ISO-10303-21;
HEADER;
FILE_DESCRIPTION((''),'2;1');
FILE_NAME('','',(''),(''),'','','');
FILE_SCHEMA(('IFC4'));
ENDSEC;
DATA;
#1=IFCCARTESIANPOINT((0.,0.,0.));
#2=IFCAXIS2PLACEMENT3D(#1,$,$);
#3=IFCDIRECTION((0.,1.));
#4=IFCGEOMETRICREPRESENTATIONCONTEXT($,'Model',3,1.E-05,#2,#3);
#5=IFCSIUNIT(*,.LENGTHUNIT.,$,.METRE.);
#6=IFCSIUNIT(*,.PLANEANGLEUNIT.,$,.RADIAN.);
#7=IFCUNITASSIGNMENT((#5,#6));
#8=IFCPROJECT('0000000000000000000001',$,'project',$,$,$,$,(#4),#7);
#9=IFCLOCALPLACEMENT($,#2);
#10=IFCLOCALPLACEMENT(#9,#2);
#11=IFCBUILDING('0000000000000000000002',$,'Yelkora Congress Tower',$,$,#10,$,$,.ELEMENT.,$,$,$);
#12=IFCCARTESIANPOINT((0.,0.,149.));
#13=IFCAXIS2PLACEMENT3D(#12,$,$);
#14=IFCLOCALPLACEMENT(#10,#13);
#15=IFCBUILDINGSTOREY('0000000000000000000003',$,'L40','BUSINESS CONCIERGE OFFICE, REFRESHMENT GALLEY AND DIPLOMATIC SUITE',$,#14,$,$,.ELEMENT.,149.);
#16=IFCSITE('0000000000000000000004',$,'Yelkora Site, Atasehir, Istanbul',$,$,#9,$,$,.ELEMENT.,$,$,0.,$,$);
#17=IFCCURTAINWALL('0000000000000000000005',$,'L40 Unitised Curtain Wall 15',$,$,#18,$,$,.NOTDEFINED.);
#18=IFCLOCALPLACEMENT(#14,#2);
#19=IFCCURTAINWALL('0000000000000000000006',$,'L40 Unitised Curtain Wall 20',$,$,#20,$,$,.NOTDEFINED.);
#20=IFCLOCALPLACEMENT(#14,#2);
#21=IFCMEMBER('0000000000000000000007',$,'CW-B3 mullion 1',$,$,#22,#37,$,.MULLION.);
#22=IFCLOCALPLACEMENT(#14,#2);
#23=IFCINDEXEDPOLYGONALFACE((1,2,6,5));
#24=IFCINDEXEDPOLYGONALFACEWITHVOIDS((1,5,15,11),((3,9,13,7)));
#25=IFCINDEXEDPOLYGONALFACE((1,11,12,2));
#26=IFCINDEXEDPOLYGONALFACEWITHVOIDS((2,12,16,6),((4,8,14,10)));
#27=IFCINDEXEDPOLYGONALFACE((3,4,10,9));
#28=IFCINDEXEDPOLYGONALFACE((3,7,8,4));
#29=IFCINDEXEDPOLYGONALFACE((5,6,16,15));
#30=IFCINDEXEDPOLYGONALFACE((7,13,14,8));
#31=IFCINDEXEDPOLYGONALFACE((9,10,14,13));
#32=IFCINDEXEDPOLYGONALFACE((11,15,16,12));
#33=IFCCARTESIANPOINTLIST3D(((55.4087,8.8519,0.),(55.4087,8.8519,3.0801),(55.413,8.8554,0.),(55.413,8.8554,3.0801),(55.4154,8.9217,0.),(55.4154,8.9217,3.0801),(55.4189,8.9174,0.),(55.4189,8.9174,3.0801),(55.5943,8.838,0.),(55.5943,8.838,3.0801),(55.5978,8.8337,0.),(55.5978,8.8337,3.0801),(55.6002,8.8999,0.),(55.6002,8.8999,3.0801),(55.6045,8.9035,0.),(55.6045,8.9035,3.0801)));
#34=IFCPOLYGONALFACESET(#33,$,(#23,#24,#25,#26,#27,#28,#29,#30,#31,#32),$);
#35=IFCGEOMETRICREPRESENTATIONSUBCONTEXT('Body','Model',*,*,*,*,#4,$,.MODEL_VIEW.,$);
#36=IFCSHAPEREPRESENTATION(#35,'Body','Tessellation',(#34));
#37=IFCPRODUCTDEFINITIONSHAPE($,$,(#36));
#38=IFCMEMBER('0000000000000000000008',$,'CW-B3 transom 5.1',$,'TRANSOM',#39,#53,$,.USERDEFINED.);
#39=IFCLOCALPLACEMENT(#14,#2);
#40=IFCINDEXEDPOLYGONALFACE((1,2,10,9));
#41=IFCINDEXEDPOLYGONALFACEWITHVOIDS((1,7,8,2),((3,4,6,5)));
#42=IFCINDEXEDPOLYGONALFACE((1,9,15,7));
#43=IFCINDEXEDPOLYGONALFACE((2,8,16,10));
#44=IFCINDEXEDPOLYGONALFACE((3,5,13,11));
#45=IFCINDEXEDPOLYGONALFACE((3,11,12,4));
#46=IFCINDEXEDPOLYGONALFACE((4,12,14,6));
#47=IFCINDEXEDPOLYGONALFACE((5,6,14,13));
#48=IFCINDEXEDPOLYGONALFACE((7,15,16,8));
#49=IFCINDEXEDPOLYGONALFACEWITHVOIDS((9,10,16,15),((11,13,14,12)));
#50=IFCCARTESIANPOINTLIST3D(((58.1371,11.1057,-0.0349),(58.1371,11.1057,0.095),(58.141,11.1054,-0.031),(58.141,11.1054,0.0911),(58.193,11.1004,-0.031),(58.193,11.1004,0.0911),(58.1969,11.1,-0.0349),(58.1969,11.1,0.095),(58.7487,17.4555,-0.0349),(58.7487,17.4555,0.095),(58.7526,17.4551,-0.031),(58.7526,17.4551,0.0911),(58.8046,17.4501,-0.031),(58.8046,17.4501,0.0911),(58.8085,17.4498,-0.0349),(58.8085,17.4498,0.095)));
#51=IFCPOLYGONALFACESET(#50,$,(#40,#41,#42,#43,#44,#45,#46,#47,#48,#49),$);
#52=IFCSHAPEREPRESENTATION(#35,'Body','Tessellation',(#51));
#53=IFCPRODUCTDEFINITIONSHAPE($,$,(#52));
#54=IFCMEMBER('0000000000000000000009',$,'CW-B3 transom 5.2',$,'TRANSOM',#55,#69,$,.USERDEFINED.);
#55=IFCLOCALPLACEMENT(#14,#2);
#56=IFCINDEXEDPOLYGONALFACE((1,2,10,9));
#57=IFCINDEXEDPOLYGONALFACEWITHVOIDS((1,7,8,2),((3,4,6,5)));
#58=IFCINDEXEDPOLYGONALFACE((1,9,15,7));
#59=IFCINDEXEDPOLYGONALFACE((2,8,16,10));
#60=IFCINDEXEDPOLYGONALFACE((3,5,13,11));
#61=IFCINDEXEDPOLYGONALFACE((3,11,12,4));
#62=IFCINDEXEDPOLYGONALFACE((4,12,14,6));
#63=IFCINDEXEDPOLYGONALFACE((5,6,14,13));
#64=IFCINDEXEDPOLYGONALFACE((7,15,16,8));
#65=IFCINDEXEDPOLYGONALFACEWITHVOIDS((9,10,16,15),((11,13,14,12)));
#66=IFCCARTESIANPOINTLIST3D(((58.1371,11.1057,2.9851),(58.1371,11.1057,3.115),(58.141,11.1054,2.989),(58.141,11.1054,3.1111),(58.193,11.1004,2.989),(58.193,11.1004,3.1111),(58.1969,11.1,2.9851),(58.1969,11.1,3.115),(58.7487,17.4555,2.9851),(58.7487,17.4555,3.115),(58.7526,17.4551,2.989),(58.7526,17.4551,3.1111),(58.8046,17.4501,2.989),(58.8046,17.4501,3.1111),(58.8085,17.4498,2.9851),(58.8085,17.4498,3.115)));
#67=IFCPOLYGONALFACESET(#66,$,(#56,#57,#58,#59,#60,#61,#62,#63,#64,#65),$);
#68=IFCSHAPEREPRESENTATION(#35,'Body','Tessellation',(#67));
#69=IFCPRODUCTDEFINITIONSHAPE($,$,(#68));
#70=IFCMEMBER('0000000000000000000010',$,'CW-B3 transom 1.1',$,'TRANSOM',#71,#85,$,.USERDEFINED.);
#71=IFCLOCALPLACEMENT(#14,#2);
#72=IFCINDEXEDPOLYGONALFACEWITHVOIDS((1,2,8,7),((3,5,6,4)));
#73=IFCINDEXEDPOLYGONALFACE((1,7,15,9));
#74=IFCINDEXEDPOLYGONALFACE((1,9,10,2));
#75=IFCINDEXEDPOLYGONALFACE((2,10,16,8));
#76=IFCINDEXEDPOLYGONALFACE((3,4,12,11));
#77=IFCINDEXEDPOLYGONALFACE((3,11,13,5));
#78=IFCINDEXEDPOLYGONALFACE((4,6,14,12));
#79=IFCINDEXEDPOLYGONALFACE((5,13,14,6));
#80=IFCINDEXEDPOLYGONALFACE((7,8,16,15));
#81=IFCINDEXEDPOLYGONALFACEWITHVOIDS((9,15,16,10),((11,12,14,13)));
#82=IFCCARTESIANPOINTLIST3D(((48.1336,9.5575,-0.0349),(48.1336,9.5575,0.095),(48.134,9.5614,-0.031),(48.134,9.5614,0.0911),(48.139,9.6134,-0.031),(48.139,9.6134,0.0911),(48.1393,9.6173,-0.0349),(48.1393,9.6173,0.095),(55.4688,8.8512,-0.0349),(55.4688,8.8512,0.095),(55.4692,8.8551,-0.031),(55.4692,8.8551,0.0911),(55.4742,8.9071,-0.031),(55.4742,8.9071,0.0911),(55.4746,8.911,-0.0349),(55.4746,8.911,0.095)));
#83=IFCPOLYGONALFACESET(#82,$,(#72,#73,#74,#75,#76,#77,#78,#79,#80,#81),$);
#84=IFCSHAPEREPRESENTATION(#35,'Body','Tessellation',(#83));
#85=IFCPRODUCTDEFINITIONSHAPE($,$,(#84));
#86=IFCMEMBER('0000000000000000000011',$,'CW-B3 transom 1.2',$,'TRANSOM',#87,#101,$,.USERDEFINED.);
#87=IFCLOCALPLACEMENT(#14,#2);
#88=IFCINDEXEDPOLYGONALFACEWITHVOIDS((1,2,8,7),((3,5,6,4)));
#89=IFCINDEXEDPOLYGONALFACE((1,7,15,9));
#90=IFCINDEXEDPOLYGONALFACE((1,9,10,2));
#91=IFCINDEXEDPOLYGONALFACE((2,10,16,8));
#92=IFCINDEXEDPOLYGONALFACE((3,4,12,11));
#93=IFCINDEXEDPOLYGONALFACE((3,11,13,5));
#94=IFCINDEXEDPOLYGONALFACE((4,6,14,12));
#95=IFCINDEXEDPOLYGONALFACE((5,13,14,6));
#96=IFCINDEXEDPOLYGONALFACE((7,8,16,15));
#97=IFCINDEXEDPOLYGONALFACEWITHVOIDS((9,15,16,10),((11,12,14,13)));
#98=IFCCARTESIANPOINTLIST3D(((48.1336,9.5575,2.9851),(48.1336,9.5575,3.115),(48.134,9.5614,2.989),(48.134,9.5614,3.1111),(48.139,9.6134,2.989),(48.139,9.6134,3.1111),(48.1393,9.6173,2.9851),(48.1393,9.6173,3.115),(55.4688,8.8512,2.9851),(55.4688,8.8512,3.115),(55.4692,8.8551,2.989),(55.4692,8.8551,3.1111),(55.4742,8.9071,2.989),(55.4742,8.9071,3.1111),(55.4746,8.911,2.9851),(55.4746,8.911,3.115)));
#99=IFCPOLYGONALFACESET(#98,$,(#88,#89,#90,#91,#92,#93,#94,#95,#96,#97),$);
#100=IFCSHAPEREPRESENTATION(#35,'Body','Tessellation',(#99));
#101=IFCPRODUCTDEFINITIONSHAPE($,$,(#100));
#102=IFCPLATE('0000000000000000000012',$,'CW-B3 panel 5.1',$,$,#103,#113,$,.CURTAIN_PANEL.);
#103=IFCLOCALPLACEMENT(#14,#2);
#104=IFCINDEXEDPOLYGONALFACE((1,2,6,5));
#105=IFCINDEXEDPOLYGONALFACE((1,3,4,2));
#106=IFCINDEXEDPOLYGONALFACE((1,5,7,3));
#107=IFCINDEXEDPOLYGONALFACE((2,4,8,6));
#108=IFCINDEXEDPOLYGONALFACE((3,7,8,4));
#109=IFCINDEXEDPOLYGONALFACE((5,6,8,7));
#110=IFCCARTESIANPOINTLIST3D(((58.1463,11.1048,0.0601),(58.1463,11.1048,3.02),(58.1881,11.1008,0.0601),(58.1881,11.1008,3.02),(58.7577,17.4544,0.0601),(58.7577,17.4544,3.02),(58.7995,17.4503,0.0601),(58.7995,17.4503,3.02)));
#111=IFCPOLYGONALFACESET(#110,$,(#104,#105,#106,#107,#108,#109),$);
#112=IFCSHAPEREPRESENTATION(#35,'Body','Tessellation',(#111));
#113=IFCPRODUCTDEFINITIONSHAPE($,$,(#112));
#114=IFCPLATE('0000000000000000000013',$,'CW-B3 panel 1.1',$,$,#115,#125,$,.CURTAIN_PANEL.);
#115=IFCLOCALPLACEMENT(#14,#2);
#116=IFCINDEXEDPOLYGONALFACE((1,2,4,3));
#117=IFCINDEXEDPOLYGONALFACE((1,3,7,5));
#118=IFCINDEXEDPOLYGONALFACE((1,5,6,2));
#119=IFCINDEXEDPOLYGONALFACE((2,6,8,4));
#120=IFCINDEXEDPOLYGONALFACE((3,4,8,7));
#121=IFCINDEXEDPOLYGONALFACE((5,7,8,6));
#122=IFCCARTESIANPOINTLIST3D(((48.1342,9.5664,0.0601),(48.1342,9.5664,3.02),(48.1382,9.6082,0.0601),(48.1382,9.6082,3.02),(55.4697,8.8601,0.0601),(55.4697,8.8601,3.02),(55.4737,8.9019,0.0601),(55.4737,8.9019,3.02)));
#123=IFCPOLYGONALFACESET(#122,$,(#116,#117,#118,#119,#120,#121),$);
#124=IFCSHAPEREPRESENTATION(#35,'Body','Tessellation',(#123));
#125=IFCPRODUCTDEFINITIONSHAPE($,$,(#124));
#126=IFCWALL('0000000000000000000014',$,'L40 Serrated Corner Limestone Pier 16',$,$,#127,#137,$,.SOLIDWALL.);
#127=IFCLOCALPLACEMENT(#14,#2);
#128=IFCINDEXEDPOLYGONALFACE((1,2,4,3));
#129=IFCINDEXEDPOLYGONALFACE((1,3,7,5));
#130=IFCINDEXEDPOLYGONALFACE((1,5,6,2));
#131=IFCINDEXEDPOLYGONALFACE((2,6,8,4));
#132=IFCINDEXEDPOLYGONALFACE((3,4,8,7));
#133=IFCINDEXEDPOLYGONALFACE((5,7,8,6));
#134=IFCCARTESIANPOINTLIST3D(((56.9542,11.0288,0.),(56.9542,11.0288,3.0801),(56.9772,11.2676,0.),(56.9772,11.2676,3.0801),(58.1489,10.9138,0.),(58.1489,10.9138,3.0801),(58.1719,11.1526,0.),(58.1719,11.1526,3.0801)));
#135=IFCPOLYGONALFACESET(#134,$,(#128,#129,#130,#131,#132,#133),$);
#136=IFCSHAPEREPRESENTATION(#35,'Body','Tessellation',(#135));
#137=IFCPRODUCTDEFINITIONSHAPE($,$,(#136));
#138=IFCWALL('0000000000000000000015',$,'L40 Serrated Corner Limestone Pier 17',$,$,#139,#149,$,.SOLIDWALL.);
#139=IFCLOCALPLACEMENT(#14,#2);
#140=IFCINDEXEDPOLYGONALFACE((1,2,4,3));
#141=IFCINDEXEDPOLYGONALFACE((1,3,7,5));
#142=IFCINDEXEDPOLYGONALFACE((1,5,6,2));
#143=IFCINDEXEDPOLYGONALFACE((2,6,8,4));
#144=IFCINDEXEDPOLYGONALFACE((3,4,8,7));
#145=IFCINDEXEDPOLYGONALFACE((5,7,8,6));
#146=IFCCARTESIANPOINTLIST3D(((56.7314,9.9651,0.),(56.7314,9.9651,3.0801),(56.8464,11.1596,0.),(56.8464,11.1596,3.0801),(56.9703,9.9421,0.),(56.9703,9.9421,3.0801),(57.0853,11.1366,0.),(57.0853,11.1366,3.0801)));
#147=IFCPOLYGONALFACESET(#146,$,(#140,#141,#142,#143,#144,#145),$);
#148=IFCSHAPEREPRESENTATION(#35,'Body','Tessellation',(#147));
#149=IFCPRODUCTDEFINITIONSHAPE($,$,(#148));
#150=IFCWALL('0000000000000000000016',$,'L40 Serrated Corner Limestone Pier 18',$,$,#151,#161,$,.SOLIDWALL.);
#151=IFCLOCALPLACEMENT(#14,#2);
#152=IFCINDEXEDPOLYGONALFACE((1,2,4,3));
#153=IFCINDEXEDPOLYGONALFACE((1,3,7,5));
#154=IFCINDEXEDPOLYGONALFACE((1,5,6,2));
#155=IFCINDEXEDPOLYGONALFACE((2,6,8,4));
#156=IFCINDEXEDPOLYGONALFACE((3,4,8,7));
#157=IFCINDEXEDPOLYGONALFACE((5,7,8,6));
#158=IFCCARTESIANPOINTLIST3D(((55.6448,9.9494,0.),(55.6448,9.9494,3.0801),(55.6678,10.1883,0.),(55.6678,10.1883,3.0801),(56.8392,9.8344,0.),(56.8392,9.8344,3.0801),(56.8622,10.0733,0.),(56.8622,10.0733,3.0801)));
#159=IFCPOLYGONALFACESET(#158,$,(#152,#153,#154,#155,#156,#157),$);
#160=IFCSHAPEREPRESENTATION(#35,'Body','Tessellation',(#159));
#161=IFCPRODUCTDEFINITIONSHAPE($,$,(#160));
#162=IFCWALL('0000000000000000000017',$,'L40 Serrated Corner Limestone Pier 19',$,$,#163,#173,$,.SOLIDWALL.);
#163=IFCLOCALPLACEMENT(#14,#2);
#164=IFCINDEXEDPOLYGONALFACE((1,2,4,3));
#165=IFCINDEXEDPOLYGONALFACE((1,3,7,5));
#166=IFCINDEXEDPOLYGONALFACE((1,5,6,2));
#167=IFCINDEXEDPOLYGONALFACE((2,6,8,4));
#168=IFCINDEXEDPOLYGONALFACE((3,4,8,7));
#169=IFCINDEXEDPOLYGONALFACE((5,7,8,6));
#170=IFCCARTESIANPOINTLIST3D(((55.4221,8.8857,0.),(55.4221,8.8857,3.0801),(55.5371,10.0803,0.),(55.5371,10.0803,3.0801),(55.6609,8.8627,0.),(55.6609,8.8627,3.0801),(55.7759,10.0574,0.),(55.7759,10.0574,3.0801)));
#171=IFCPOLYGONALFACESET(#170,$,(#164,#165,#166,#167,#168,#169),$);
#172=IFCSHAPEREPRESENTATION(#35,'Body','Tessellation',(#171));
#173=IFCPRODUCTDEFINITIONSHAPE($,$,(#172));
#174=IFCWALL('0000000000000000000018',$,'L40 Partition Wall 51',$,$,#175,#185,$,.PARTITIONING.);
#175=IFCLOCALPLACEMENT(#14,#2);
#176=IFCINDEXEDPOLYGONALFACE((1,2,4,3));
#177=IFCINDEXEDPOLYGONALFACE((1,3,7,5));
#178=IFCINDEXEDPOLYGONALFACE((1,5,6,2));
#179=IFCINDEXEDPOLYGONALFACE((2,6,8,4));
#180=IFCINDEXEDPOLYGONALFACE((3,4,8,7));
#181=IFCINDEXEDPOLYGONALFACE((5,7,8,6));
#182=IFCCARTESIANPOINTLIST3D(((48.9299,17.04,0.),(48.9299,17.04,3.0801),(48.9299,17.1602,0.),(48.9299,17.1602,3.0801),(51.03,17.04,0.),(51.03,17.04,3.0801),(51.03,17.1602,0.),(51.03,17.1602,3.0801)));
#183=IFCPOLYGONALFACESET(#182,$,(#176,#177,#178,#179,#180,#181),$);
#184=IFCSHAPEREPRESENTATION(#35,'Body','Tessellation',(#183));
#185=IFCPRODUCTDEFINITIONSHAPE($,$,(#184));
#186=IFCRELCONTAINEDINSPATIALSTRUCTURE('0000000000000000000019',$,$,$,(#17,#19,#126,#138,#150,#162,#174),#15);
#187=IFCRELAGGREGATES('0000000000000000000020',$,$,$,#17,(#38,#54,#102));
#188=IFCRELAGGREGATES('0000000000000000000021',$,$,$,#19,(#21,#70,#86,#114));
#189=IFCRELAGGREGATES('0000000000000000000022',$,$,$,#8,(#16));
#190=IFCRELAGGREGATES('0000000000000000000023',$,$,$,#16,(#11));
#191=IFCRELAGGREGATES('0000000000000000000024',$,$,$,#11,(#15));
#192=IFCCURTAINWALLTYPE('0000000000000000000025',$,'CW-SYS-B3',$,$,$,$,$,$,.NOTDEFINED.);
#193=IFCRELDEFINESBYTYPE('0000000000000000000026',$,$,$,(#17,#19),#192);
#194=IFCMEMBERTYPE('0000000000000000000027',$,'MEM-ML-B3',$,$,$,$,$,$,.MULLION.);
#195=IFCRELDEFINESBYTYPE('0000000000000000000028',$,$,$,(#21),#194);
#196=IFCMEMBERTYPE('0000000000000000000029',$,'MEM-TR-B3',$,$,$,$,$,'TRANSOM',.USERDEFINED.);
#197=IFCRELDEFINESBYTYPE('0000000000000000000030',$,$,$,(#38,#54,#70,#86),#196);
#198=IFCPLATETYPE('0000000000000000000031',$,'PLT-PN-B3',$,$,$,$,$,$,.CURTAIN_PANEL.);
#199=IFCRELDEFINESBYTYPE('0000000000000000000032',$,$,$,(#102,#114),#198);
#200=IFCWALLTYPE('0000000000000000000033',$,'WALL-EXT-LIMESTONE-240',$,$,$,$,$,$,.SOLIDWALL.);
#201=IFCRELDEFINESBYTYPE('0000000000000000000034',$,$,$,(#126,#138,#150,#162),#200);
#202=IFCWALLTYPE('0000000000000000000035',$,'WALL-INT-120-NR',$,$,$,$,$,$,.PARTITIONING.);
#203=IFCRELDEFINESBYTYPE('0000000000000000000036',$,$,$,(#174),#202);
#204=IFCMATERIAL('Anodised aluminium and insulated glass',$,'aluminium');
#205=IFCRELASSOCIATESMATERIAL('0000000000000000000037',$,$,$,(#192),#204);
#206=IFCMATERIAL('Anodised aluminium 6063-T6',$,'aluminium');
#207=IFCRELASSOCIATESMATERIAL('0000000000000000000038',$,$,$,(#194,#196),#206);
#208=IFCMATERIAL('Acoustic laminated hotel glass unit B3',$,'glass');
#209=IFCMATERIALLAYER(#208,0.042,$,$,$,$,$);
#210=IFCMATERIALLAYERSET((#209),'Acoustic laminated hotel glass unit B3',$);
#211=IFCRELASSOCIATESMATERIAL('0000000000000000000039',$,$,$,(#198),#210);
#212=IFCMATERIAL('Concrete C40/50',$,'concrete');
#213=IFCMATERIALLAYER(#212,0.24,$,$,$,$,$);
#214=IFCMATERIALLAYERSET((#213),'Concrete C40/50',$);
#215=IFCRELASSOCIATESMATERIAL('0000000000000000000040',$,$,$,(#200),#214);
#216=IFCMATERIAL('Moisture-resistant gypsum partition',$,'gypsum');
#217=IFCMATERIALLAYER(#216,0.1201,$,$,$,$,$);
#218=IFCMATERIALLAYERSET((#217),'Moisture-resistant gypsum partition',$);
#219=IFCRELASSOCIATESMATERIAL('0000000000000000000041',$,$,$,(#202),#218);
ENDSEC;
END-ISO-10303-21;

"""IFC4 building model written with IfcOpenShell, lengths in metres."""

from ifc_helpers import new_model, si_unit, direction, frame, frame_2d, origin, origin_2d, place, context, subcontext, project, spatial, rectangle, hollow_rectangle, extrude, material, layer, layer_set, material_profile, profile_set, type_object, element, aggregate, save


model = new_model("IFC4")

# Units and contexts
model_context = context("Model", 3, precision=1e-05, world=origin(), true_north=direction((0.0, 1.0)))
body_context = subcontext(model_context, "Body", "Model", "MODEL_VIEW")
ifc_project = project(units=[si_unit("LENGTHUNIT", "METRE"), si_unit("PLANEANGLEUNIT", "RADIAN")], contexts=[model_context])

# Site, building, storey
site_placement = place(None, origin())
site = spatial("IfcSite", under=ifc_project, at=site_placement, Name="Yelkora Site, Atasehir, Istanbul", CompositionType="ELEMENT", RefElevation=0.0)
building_placement = place(site_placement, origin())
building = spatial("IfcBuilding", under=site, at=building_placement, Name="Yelkora Congress Tower", CompositionType="ELEMENT")
storey_placement = place(building_placement, frame((0.0, 0.0, 149.0)))
storey = spatial("IfcBuildingStorey", under=building, at=storey_placement, Name="L40", Description="BUSINESS CONCIERGE OFFICE, REFRESHMENT GALLEY AND DIPLOMATIC SUITE", CompositionType="ELEMENT", Elevation=149.0)

# Curtain wall
ifc_material_1 = material(Name="Anodised aluminium and insulated glass", Category="aluminium")
curtain_wall_type = type_object("IfcCurtainWallType", Name="CW-SYS-B3", PredefinedType="NOTDEFINED", material=ifc_material_1)
curtain_wall_1_placement = place(storey_placement, origin())
curtain_wall_1 = element("IfcCurtainWall", 1, at=curtain_wall_1_placement, inside=storey, type_object=curtain_wall_type, Name="L40 Unitised Curtain Wall 15", PredefinedType="NOTDEFINED")
ifc_material_2 = material(Name="Anodised aluminium 6063-T6", Category="aluminium")
ifc_material_profile_1 = material_profile(ifc_material_2, hollow_rectangle(XDim=0.0701, YDim=0.1899, WallThickness=0.0039, at=origin_2d()), Name="ALU 70x190x4")
ifc_profile_set_1 = profile_set([ifc_material_profile_1], Name="Anodised aluminium 6063-T6")
member_type_1 = type_object("IfcMemberType", Name="MEM-ML-B3", PredefinedType="MULLION", material=ifc_profile_set_1)

# Curtain wall, member
curtain_wall_2_placement = place(storey_placement, origin())
curtain_wall_2 = element("IfcCurtainWall", 2, at=curtain_wall_2_placement, inside=storey, type_object=curtain_wall_type, Name="L40 Unitised Curtain Wall 20", PredefinedType="NOTDEFINED")
member_1_placement = place(storey_placement, frame((55.5066, 8.8777, 0.0), z_axis=(0.0, 0.0, 1.0), x_axis=(-0.095845, -0.995396, 0.0)))
member_1 = element("IfcMember", 3, at=member_1_placement, type_object=member_type_1, Name="CW-B3 mullion 1", PredefinedType="MULLION", context=body_context, shape_type="SweptSolid", body=[
    extrude(hollow_rectangle(XDim=0.0701, YDim=0.1899, WallThickness=0.0039, at=origin_2d()), origin(), (0.0, 0.0, 1.0), 3.0801),
])

# Members
ifc_material_profile_2 = material_profile(ifc_material_2, hollow_rectangle(XDim=0.0601, YDim=0.1299, WallThickness=0.0039, at=origin_2d()), Name="ALU 60x130x4")
ifc_profile_set_2 = profile_set([ifc_material_profile_2], Name="Anodised aluminium 6063-T6")
member_type_2 = type_object("IfcMemberType", Name="MEM-TR-B3", ElementType="TRANSOM", PredefinedType="USERDEFINED", material=ifc_profile_set_2)
member_2_placement = place(storey_placement, frame((58.7786, 17.4526, 0.03), z_axis=(-0.095869, -0.995394, 0.0), x_axis=(0.995394, -0.095869, 0.0)))
member_2 = element("IfcMember", 4, at=member_2_placement, type_object=member_type_2, Name="CW-B3 transom 5.1", ObjectType="TRANSOM", PredefinedType="USERDEFINED", context=body_context, shape_type="SweptSolid", body=[
    extrude(hollow_rectangle(XDim=0.0601, YDim=0.1299, WallThickness=0.0039, at=origin_2d()), origin(), (0.0, 0.0, 1.0), 6.3792),
])
member_3_placement = place(storey_placement, frame((58.7786, 17.4526, 3.05), z_axis=(-0.095869, -0.995394, 0.0), x_axis=(0.995394, -0.095869, 0.0)))
member_3 = element("IfcMember", 5, at=member_3_placement, type_object=member_type_2, Name="CW-B3 transom 5.2", ObjectType="TRANSOM", PredefinedType="USERDEFINED", context=body_context, shape_type="SweptSolid", body=[
    extrude(hollow_rectangle(XDim=0.0601, YDim=0.1299, WallThickness=0.0039, at=origin_2d()), origin(), (0.0, 0.0, 1.0), 6.3792),
])
member_4_placement = place(storey_placement, frame((55.4717, 8.8811, 0.03), z_axis=(-0.995396, 0.095846, 0.0), x_axis=(-0.095846, -0.995396, 0.0)))
member_4 = element("IfcMember", 6, at=member_4_placement, type_object=member_type_2, Name="CW-B3 transom 1.1", ObjectType="TRANSOM", PredefinedType="USERDEFINED", context=body_context, shape_type="SweptSolid", body=[
    extrude(hollow_rectangle(XDim=0.0601, YDim=0.1299, WallThickness=0.0039, at=origin_2d()), origin(), (0.0, 0.0, 1.0), 7.3691),
])
member_5_placement = place(storey_placement, frame((55.4717, 8.8811, 3.05), z_axis=(-0.995396, 0.095846, 0.0), x_axis=(-0.095846, -0.995396, 0.0)))
member_5 = element("IfcMember", 7, at=member_5_placement, type_object=member_type_2, Name="CW-B3 transom 1.2", ObjectType="TRANSOM", PredefinedType="USERDEFINED", context=body_context, shape_type="SweptSolid", body=[
    extrude(hollow_rectangle(XDim=0.0601, YDim=0.1299, WallThickness=0.0039, at=origin_2d()), origin(), (0.0, 0.0, 1.0), 7.3691),
])

# Plates
ifc_material_3 = material(Name="Acoustic laminated hotel glass unit B3", Category="glass")
ifc_layer_1 = layer(ifc_material_3, 0.042)
ifc_layer_set_1 = layer_set([ifc_layer_1], Name="Acoustic laminated hotel glass unit B3")
plate_type = type_object("IfcPlateType", Name="PLT-PN-B3", PredefinedType="CURTAIN_PANEL", material=ifc_layer_set_1)
plate_1_placement = place(storey_placement, frame((58.4729, 14.2776, 0.0601), z_axis=(0.0, 0.0, 1.0), x_axis=(-0.095842, -0.995397, 0.0)))
plate_1 = element("IfcPlate", 8, at=plate_1_placement, type_object=plate_type, Name="CW-B3 panel 5.1", PredefinedType="CURTAIN_PANEL", context=body_context, shape_type="SweptSolid", body=[
    extrude(rectangle(XDim=6.3789, YDim=0.042, at=origin_2d()), origin(), (0.0, 0.0, 1.0), 2.96),
])
aggregate(curtain_wall_1, [member_2, member_3, plate_1])
plate_2_placement = place(storey_placement, frame((51.804, 9.2341, 0.0601), z_axis=(0.0, 0.0, 1.0), x_axis=(-0.995396, 0.095845, 0.0)))
plate_2 = element("IfcPlate", 9, at=plate_2_placement, type_object=plate_type, Name="CW-B3 panel 1.1", PredefinedType="CURTAIN_PANEL", context=body_context, shape_type="SweptSolid", body=[
    extrude(rectangle(XDim=7.3694, YDim=0.042, at=origin_2d()), origin(), (0.0, 0.0, 1.0), 2.96),
])
aggregate(curtain_wall_2, [member_1, member_4, member_5, plate_2])

# Walls
ifc_material_4 = material(Name="Concrete C40/50", Category="concrete")
ifc_layer_2 = layer(ifc_material_4, 0.24)
ifc_layer_set_2 = layer_set([ifc_layer_2], Name="Concrete C40/50")
wall_type_1 = type_object("IfcWallType", Name="WALL-EXT-LIMESTONE-240", PredefinedType="SOLIDWALL", material=ifc_layer_set_2)
wall_1_placement = place(storey_placement, frame((58.1604, 11.0332, 0.0), z_axis=(0.0, 0.0, 1.0), x_axis=(-0.995399, 0.095817, 0.0)))
element("IfcWall", 10, at=wall_1_placement, inside=storey, type_object=wall_type_1, Name="L40 Serrated Corner Limestone Pier 16", PredefinedType="SOLIDWALL", context=body_context, shape_type="SweptSolid", body=[
    extrude(rectangle(XDim=1.2002, YDim=0.24, at=frame_2d((0.6001, 0.0))), origin(), (0.0, 0.0, 1.0), 3.0801),
])
for number, where, z_axis, x_axis, name in (
    (11, (56.9658, 11.1482, 0.0), (0.0, 0.0, 1.0), (-0.095836, -0.995397, 0.0), "L40 Serrated Corner Limestone Pier 17"),
    (12, (56.8508, 9.9539, 0.0), (0.0, 0.0, 1.0), (-0.995397, 0.095836, 0.0), "L40 Serrated Corner Limestone Pier 18"),
):
    element("IfcWall", number, at=place(storey_placement, frame(where, z_axis=z_axis, x_axis=x_axis)), inside=storey, type_object=wall_type_1, Name=name, PredefinedType="SOLIDWALL", context=body_context, shape_type="SweptSolid", body=[
        extrude(rectangle(XDim=1.2, YDim=0.24, at=frame_2d((0.6001, 0.0))), origin(), (0.0, 0.0, 1.0), 3.0801),
    ])
wall_2_placement = place(storey_placement, frame((55.6565, 10.0688, 0.0), z_axis=(0.0, 0.0, 1.0), x_axis=(-0.095817, -0.995399, 0.0)))
element("IfcWall", 13, at=wall_2_placement, inside=storey, type_object=wall_type_1, Name="L40 Serrated Corner Limestone Pier 19", PredefinedType="SOLIDWALL", context=body_context, shape_type="SweptSolid", body=[
    extrude(rectangle(XDim=1.2002, YDim=0.24, at=frame_2d((0.6001, 0.0))), origin(), (0.0, 0.0, 1.0), 3.0801),
])
ifc_material_5 = material(Name="Moisture-resistant gypsum partition", Category="gypsum")
ifc_layer_3 = layer(ifc_material_5, 0.1201)
ifc_layer_set_3 = layer_set([ifc_layer_3], Name="Moisture-resistant gypsum partition")
wall_type_2 = type_object("IfcWallType", Name="WALL-INT-120-NR", PredefinedType="PARTITIONING", material=ifc_layer_set_3)
wall_3_placement = place(storey_placement, frame((48.9299, 17.1001, 0.0), z_axis=(0.0, 0.0, 1.0), x_axis=(1.0, 0.0, 0.0)))
element("IfcWall", 14, at=wall_3_placement, inside=storey, type_object=wall_type_2, Name="L40 Partition Wall 51", PredefinedType="PARTITIONING", context=body_context, shape_type="SweptSolid", body=[
    extrude(rectangle(XDim=2.1001, YDim=0.1201, at=frame_2d((1.05, 0.0))), origin(), (0.0, 0.0, 1.0), 3.0801),
])

save(model, "model.ifc")
